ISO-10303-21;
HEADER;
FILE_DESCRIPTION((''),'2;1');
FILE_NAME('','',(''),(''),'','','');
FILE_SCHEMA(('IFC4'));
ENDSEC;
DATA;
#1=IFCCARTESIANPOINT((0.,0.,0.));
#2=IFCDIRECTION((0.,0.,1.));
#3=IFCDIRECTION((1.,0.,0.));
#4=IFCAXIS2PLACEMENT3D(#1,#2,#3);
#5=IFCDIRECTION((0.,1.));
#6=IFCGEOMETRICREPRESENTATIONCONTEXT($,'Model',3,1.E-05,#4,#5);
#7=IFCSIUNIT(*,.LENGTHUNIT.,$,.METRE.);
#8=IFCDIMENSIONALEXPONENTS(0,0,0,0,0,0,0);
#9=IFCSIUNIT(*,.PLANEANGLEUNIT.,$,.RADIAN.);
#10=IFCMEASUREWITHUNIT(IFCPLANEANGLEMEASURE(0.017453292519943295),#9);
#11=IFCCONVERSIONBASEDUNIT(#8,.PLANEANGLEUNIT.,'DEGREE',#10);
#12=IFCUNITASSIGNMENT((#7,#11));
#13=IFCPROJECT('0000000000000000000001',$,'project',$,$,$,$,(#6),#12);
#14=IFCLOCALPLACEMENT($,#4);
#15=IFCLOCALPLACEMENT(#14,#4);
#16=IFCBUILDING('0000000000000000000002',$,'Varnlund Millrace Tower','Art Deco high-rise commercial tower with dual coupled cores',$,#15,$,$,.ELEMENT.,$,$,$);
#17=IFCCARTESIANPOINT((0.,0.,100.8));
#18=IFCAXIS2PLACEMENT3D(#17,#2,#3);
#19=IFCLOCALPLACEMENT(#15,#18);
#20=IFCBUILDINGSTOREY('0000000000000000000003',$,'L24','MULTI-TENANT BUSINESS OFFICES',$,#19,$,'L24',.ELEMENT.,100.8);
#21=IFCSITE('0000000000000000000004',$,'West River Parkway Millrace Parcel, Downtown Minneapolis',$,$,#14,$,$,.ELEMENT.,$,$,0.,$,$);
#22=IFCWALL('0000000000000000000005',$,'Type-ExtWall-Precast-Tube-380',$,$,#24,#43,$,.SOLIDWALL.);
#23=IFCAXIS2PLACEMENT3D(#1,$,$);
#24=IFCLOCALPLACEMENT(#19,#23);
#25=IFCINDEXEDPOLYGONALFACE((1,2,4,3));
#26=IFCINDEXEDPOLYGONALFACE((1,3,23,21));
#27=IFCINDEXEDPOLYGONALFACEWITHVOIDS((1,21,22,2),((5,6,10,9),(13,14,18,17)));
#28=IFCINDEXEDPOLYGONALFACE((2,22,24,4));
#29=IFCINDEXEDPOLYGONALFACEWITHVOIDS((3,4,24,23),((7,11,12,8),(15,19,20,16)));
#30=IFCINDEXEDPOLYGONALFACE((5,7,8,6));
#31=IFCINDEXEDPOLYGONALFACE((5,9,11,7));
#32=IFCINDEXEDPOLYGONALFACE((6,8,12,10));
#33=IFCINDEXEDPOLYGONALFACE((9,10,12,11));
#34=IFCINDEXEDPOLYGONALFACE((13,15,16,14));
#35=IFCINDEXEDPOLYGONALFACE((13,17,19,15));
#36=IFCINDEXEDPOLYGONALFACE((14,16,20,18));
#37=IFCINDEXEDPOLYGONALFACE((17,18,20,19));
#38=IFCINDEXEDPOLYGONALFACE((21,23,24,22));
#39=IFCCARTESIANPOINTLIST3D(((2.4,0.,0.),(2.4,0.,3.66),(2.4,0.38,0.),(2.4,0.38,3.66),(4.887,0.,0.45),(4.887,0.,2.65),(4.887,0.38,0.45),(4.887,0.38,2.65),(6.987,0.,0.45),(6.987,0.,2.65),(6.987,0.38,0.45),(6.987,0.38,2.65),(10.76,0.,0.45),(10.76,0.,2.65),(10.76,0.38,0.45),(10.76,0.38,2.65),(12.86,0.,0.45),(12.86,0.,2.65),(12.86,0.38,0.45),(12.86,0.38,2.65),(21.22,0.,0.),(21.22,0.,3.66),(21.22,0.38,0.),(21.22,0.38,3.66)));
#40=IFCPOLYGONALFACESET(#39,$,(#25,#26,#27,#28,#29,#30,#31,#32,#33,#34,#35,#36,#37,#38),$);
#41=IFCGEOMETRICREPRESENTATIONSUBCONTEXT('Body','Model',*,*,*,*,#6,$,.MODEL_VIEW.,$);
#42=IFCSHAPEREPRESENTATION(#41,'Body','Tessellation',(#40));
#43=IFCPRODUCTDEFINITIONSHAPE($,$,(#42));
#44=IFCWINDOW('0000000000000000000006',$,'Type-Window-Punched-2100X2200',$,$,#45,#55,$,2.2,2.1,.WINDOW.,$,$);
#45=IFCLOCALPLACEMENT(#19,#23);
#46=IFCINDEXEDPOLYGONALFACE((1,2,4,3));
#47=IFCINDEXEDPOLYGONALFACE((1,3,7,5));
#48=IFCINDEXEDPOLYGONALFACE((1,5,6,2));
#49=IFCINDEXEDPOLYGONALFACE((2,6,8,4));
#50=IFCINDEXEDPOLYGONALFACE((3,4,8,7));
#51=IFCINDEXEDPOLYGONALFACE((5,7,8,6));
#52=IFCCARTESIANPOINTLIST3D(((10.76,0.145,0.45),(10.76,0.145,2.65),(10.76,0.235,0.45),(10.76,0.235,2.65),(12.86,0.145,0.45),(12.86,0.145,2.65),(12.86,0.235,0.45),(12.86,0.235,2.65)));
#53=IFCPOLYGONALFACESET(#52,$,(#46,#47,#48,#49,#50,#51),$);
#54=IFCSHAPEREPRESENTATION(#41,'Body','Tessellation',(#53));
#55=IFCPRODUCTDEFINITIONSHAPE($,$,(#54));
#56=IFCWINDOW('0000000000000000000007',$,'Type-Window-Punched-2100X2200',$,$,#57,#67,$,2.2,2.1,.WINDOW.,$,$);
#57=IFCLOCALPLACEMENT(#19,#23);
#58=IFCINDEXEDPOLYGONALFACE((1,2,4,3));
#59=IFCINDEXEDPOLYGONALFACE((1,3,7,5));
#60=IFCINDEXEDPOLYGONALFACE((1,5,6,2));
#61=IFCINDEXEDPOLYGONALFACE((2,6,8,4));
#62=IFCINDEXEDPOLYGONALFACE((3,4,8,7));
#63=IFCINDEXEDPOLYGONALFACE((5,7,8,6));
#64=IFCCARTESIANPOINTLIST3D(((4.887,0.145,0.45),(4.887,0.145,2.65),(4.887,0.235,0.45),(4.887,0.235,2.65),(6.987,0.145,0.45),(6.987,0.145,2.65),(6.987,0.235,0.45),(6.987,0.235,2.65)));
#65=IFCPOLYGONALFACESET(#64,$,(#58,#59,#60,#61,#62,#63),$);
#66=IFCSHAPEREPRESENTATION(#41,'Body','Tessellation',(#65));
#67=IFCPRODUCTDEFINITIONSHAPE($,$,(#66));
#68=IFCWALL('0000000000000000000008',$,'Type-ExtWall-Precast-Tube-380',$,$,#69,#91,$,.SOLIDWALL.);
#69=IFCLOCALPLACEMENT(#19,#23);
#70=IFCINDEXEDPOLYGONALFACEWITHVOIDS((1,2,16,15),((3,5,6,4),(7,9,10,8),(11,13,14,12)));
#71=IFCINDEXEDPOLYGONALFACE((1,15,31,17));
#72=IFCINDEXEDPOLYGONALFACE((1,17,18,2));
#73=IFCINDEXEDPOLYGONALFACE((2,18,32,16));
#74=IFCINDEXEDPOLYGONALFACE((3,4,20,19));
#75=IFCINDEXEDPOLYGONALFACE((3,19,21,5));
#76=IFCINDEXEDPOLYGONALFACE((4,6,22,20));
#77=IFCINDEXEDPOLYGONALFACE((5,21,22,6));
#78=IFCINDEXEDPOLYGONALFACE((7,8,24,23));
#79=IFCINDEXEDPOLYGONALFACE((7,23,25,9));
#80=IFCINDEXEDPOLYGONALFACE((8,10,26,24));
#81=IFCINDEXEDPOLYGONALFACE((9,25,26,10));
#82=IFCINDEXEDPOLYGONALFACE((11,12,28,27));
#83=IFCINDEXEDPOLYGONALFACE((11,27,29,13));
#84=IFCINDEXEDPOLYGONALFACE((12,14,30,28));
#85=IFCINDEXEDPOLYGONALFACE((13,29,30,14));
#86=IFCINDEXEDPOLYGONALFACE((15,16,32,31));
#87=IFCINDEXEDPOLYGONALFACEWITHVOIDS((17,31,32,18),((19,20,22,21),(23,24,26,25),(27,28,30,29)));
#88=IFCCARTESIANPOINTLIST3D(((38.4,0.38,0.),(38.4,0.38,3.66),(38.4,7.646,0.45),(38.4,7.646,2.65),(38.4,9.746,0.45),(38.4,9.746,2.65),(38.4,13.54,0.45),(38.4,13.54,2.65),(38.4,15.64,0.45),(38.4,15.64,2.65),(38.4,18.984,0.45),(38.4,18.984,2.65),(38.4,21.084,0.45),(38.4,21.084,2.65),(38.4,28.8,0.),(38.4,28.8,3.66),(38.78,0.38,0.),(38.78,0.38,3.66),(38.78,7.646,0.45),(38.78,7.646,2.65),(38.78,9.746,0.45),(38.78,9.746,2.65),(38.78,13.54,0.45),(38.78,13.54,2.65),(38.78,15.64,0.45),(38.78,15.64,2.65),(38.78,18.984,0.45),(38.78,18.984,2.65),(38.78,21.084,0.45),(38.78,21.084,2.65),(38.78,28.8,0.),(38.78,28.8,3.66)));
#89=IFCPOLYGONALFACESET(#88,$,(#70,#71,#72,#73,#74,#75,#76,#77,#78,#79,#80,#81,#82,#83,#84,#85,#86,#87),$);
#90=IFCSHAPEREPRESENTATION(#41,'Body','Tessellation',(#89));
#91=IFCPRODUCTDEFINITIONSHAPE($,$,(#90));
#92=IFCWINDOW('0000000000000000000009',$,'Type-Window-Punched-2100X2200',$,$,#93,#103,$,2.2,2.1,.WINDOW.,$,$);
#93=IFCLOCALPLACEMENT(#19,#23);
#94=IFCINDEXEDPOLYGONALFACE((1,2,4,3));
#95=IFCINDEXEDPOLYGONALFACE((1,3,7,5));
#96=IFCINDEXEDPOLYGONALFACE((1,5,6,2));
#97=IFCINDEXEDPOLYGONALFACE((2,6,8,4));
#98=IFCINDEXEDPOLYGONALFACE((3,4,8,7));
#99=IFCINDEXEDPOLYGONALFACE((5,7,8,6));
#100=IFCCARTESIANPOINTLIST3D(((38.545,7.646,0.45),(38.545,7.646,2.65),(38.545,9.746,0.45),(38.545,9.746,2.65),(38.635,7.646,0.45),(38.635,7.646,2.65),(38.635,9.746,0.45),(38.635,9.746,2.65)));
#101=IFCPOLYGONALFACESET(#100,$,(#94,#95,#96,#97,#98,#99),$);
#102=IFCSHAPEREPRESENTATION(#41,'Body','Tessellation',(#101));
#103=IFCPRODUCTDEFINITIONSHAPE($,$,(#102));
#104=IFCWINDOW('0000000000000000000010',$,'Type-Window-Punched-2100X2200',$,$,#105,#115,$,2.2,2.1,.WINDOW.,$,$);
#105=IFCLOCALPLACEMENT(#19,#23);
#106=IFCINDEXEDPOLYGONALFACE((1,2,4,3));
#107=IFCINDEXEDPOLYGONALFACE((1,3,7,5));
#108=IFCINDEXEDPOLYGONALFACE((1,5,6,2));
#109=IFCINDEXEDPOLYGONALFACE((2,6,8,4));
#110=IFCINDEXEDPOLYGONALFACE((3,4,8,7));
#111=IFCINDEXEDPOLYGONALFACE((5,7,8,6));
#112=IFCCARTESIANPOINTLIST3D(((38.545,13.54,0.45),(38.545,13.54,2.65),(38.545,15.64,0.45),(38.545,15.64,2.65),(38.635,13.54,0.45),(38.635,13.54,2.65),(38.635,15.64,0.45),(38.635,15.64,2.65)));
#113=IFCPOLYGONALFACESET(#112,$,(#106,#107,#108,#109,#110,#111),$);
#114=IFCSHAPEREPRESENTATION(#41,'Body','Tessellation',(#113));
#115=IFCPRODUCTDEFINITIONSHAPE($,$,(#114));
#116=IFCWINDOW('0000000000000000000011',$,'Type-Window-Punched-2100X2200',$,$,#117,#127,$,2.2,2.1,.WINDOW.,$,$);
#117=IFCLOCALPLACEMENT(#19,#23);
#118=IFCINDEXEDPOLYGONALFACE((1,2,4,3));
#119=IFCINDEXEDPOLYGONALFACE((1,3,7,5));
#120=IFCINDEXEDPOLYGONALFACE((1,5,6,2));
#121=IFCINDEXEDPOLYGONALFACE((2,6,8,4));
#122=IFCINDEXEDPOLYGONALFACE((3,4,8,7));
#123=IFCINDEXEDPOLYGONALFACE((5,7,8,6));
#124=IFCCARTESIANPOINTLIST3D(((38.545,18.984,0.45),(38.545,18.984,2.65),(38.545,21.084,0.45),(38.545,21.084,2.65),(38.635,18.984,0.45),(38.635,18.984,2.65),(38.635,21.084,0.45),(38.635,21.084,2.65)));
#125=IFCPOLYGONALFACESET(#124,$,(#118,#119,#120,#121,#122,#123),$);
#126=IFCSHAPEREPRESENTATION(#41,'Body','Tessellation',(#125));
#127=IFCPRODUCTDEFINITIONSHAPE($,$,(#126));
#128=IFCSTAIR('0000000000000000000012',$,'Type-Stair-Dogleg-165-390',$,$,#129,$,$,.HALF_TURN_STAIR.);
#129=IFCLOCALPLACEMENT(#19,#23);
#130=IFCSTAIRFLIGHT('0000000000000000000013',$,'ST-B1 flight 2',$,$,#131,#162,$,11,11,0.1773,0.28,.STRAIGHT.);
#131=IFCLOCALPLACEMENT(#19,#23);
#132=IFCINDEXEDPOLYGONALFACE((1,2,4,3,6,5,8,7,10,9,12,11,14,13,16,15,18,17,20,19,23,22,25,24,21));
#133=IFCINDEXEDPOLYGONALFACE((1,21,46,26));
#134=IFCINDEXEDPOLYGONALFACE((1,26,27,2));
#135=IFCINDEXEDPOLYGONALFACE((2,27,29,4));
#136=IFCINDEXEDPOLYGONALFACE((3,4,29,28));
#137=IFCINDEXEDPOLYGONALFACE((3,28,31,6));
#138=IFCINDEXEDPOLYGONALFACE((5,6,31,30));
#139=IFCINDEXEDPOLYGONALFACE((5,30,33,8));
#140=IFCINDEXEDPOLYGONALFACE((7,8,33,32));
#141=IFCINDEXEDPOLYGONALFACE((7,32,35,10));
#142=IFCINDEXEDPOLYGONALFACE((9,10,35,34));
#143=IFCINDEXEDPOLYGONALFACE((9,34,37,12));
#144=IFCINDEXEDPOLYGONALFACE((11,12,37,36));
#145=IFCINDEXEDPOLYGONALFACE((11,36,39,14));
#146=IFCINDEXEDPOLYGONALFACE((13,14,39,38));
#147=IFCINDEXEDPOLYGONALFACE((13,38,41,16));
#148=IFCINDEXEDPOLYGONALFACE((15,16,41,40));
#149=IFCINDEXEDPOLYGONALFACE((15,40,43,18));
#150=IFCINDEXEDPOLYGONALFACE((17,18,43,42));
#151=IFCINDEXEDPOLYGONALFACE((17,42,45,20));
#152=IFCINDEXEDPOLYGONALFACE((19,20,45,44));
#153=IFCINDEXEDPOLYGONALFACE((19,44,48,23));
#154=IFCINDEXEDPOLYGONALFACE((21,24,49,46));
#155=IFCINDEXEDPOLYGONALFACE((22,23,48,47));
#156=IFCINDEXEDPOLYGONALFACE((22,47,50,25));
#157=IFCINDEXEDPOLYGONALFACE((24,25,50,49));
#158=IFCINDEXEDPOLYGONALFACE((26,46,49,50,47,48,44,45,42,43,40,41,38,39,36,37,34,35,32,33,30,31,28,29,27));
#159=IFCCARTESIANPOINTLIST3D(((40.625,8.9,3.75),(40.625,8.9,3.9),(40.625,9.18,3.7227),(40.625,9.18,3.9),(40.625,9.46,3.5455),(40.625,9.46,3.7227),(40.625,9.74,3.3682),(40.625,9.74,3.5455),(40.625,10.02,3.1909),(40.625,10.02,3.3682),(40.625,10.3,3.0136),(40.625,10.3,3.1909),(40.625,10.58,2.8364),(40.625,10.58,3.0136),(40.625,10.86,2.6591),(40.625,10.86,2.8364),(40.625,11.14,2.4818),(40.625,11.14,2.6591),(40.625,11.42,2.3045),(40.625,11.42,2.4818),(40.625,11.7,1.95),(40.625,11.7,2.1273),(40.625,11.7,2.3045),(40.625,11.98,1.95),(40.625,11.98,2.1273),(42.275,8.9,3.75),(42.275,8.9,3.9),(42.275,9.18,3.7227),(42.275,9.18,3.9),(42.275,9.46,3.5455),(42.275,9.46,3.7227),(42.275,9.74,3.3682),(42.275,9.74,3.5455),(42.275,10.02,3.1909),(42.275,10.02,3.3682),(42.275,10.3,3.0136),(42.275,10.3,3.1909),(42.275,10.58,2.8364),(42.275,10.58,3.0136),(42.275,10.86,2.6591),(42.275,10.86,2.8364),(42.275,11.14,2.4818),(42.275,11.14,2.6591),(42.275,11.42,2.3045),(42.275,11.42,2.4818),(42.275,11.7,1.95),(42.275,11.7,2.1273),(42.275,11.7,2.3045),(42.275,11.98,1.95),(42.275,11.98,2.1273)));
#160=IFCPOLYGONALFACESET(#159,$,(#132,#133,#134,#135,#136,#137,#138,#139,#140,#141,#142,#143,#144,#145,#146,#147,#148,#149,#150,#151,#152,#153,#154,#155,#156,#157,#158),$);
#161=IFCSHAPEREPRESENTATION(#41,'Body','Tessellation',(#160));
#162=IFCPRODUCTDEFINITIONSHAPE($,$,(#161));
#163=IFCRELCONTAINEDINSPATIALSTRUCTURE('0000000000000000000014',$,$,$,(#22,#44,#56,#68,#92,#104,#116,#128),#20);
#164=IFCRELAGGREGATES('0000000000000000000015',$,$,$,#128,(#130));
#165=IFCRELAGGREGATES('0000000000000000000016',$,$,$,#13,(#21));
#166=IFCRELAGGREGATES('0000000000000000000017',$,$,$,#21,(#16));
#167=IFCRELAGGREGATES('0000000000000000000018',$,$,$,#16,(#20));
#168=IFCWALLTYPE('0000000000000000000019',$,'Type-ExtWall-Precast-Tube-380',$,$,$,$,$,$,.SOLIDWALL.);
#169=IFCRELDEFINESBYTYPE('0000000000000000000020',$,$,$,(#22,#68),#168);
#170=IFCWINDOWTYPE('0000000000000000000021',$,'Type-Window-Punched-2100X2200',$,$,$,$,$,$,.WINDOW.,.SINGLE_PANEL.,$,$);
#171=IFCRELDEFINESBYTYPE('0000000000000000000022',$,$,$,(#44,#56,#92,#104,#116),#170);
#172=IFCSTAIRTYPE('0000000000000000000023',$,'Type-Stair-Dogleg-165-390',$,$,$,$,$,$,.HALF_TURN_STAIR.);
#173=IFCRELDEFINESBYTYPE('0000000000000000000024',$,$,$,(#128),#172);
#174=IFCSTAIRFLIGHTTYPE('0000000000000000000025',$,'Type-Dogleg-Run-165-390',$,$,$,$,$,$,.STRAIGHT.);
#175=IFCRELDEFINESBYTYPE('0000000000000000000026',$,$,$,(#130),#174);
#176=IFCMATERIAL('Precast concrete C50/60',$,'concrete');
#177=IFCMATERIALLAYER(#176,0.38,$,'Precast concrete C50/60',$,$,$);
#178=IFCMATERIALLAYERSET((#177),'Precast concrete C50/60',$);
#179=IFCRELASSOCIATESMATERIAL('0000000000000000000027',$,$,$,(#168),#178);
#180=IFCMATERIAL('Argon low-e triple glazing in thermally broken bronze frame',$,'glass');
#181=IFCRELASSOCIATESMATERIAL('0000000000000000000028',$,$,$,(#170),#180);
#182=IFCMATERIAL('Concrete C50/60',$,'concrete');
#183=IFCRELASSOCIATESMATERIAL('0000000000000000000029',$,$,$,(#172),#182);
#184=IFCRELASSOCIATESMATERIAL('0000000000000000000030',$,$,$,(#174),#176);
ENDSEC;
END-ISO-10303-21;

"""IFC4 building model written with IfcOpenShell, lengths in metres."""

from ifc_helpers import new_model, entity, si_unit, converted_unit, direction, frame, origin_with_axes, origin_2d_with_axis, place, context, subcontext, project, spatial, polyline, rectangle, outline, extrude, material, layer, layer_set, type_object, element, fill, aggregate, save


model = new_model("IFC4")

# Units and contexts
model_context = context("Model", 3, precision=1e-05, world=origin_with_axes(), true_north=direction((0.0, 1.0)))
body_context = subcontext(model_context, "Body", "Model", "MODEL_VIEW")
ifc_project = project(units=[si_unit("LENGTHUNIT", "METRE"), converted_unit("PLANEANGLEUNIT", "DEGREE", entity("IfcPlaneAngleMeasure", 0.017453292519943295), si_unit("PLANEANGLEUNIT", "RADIAN"), dimensions=[0, 0, 0, 0, 0, 0, 0])], contexts=[model_context])

# Site, building, storey
site_placement = place(None, origin_with_axes())
site = spatial("IfcSite", under=ifc_project, at=site_placement, Name="West River Parkway Millrace Parcel, Downtown Minneapolis", CompositionType="ELEMENT", RefElevation=0.0)
building_placement = place(site_placement, origin_with_axes())
building = spatial("IfcBuilding", under=site, at=building_placement, Name="Varnlund Millrace Tower", Description="Art Deco high-rise commercial tower with dual coupled cores", CompositionType="ELEMENT")
storey_placement = place(building_placement, frame((0.0, 0.0, 100.8), z_axis=(0.0, 0.0, 1.0), x_axis=(1.0, 0.0, 0.0)))
storey = spatial("IfcBuildingStorey", under=building, at=storey_placement, Name="L24", Description="MULTI-TENANT BUSINESS OFFICES", LongName="L24", CompositionType="ELEMENT", Elevation=100.8)

# Walls, openings, windows
ifc_material_1 = material(Name="Precast concrete C50/60", Category="concrete")
ifc_layer = layer(ifc_material_1, 0.38, Name="Precast concrete C50/60")
ifc_layer_set = layer_set([ifc_layer], Name="Precast concrete C50/60")
wall_type = type_object("IfcWallType", Name="Type-ExtWall-Precast-Tube-380", PredefinedType="SOLIDWALL", material=ifc_layer_set)
wall_1_placement = place(storey_placement, frame((21.22, 0.19, 0.0), z_axis=(0.0, 0.0, 1.0), x_axis=(-1.0, 0.0, 0.0)))
wall_1 = element("IfcWall", 1, at=wall_1_placement, inside=storey, type_object=wall_type, Name="Type-ExtWall-Precast-Tube-380", PredefinedType="SOLIDWALL", context=body_context, shape_type="SweptSolid", body=[
    extrude(outline(polyline([(0.0, -0.19), (18.82, -0.19), (18.82, 0.19), (0.0, 0.19), (0.0, -0.19)])), origin_with_axes(), (0.0, 0.0, 1.0), 3.66),
])
opening_1_placement = place(wall_1_placement, frame((9.41, 0.0, 0.45), z_axis=(0.0, 0.0, 1.0), x_axis=(1.0, 0.0, 0.0)))
opening_1 = element("IfcOpeningElement", 2, at=opening_1_placement, cuts=wall_1, PredefinedType="OPENING", context=body_context, shape_type="SweptSolid", body=[
    extrude(rectangle(XDim=2.1, YDim=0.4, at=origin_2d_with_axis()), origin_with_axes(), (0.0, 0.0, 1.0), 2.2),
])
opening_2_placement = place(wall_1_placement, frame((15.283, 0.0, 0.45), z_axis=(0.0, 0.0, 1.0), x_axis=(1.0, 0.0, 0.0)))
opening_2 = element("IfcOpeningElement", 3, at=opening_2_placement, cuts=wall_1, PredefinedType="OPENING", context=body_context, shape_type="SweptSolid", body=[
    extrude(rectangle(XDim=2.1, YDim=0.4, at=origin_2d_with_axis()), origin_with_axes(), (0.0, 0.0, 1.0), 2.2),
])
ifc_material_2 = material(Name="Argon low-e triple glazing in thermally broken bronze frame", Category="glass")
window_type = type_object("IfcWindowType", Name="Type-Window-Punched-2100X2200", PartitioningType="SINGLE_PANEL", PredefinedType="WINDOW", material=ifc_material_2)
window_1_placement = place(wall_1_placement, frame((9.41, 0.0, 0.45), z_axis=(0.0, 0.0, 1.0), x_axis=(1.0, 0.0, 0.0)))
window_1 = element("IfcWindow", 4, at=window_1_placement, inside=storey, type_object=window_type, Name="Type-Window-Punched-2100X2200", OverallHeight=2.2, OverallWidth=2.1, PredefinedType="WINDOW", context=body_context, shape_type="SweptSolid", body=[
    extrude(rectangle(XDim=2.1, YDim=0.09, at=origin_2d_with_axis()), origin_with_axes(), (0.0, 0.0, 1.0), 2.2),
])
fill(opening_1, window_1)
window_2_placement = place(wall_1_placement, frame((15.283, 0.0, 0.45), z_axis=(0.0, 0.0, 1.0), x_axis=(1.0, 0.0, 0.0)))
window_2 = element("IfcWindow", 5, at=window_2_placement, inside=storey, type_object=window_type, Name="Type-Window-Punched-2100X2200", OverallHeight=2.2, OverallWidth=2.1, PredefinedType="WINDOW", context=body_context, shape_type="SweptSolid", body=[
    extrude(rectangle(XDim=2.1, YDim=0.09, at=origin_2d_with_axis()), origin_with_axes(), (0.0, 0.0, 1.0), 2.2),
])
fill(opening_2, window_2)
wall_2_placement = place(storey_placement, frame((38.59, 0.38, 0.0), z_axis=(0.0, 0.0, 1.0), x_axis=(0.0, 1.0, 0.0)))
wall_2 = element("IfcWall", 6, at=wall_2_placement, inside=storey, type_object=wall_type, Name="Type-ExtWall-Precast-Tube-380", PredefinedType="SOLIDWALL", context=body_context, shape_type="SweptSolid", body=[
    extrude(outline(polyline([(0.0, -0.19), (28.42, -0.19), (28.42, 0.19), (0.0, 0.19), (0.0, -0.19)])), origin_with_axes(), (0.0, 0.0, 1.0), 3.66),
])
opening_3_placement = place(wall_2_placement, frame((8.316, 0.0, 0.45), z_axis=(0.0, 0.0, 1.0), x_axis=(1.0, 0.0, 0.0)))
opening_3 = element("IfcOpeningElement", 7, at=opening_3_placement, cuts=wall_2, PredefinedType="OPENING", context=body_context, shape_type="SweptSolid", body=[
    extrude(rectangle(XDim=2.1, YDim=0.4, at=origin_2d_with_axis()), origin_with_axes(), (0.0, 0.0, 1.0), 2.2),
])
opening_4_placement = place(wall_2_placement, frame((14.21, 0.0, 0.45), z_axis=(0.0, 0.0, 1.0), x_axis=(1.0, 0.0, 0.0)))
opening_4 = element("IfcOpeningElement", 8, at=opening_4_placement, cuts=wall_2, PredefinedType="OPENING", context=body_context, shape_type="SweptSolid", body=[
    extrude(rectangle(XDim=2.1, YDim=0.4, at=origin_2d_with_axis()), origin_with_axes(), (0.0, 0.0, 1.0), 2.2),
])
opening_5_placement = place(wall_2_placement, frame((19.654, 0.0, 0.45), z_axis=(0.0, 0.0, 1.0), x_axis=(1.0, 0.0, 0.0)))
opening_5 = element("IfcOpeningElement", 9, at=opening_5_placement, cuts=wall_2, PredefinedType="OPENING", context=body_context, shape_type="SweptSolid", body=[
    extrude(rectangle(XDim=2.1, YDim=0.4, at=origin_2d_with_axis()), origin_with_axes(), (0.0, 0.0, 1.0), 2.2),
])
window_3_placement = place(wall_2_placement, frame((8.316, 0.0, 0.45), z_axis=(0.0, 0.0, 1.0), x_axis=(1.0, 0.0, 0.0)))
window_3 = element("IfcWindow", 10, at=window_3_placement, inside=storey, type_object=window_type, Name="Type-Window-Punched-2100X2200", OverallHeight=2.2, OverallWidth=2.1, PredefinedType="WINDOW", context=body_context, shape_type="SweptSolid", body=[
    extrude(rectangle(XDim=2.1, YDim=0.09, at=origin_2d_with_axis()), origin_with_axes(), (0.0, 0.0, 1.0), 2.2),
])
fill(opening_3, window_3)
window_4_placement = place(wall_2_placement, frame((14.21, 0.0, 0.45), z_axis=(0.0, 0.0, 1.0), x_axis=(1.0, 0.0, 0.0)))
window_4 = element("IfcWindow", 11, at=window_4_placement, inside=storey, type_object=window_type, Name="Type-Window-Punched-2100X2200", OverallHeight=2.2, OverallWidth=2.1, PredefinedType="WINDOW", context=body_context, shape_type="SweptSolid", body=[
    extrude(rectangle(XDim=2.1, YDim=0.09, at=origin_2d_with_axis()), origin_with_axes(), (0.0, 0.0, 1.0), 2.2),
])
fill(opening_4, window_4)
window_5_placement = place(wall_2_placement, frame((19.654, 0.0, 0.45), z_axis=(0.0, 0.0, 1.0), x_axis=(1.0, 0.0, 0.0)))
window_5 = element("IfcWindow", 12, at=window_5_placement, inside=storey, type_object=window_type, Name="Type-Window-Punched-2100X2200", OverallHeight=2.2, OverallWidth=2.1, PredefinedType="WINDOW", context=body_context, shape_type="SweptSolid", body=[
    extrude(rectangle(XDim=2.1, YDim=0.09, at=origin_2d_with_axis()), origin_with_axes(), (0.0, 0.0, 1.0), 2.2),
])
fill(opening_5, window_5)

# Stair, stair flight
ifc_material_3 = material(Name="Concrete C50/60", Category="concrete")
stair_type = type_object("IfcStairType", Name="Type-Stair-Dogleg-165-390", PredefinedType="HALF_TURN_STAIR", material=ifc_material_3)
stair_placement = place(storey_placement, origin_with_axes())
stair = element("IfcStair", 13, at=stair_placement, inside=storey, type_object=stair_type, Name="Type-Stair-Dogleg-165-390", PredefinedType="HALF_TURN_STAIR")
stair_flight_type = type_object("IfcStairFlightType", Name="Type-Dogleg-Run-165-390", PredefinedType="STRAIGHT", material=ifc_material_1)
stair_flight_placement = place(storey_placement, frame((42.275, 11.98, 1.95), z_axis=(-1.0, 0.0, 0.0), x_axis=(0.0, -1.0, 0.0)))
stair_flight = element("IfcStairFlight", 14, at=stair_flight_placement, type_object=stair_flight_type, Name="ST-B1 flight 2", NumberOfRisers=11, NumberOfTreads=11, PredefinedType="STRAIGHT", RiserHeight=0.1773, TreadLength=0.28, context=body_context, shape_type="SweptSolid", body=[
    extrude(outline(polyline([(0.0, 0.0), (0.0, 0.1773), (0.28, 0.1773), (0.28, 0.3545), (0.56, 0.3545), (0.56, 0.5318), (0.84, 0.5318), (0.84, 0.7091), (1.12, 0.7091), (1.12, 0.8864), (1.4, 0.8864), (1.4, 1.0636), (1.68, 1.0636), (1.68, 1.2409), (1.96, 1.2409), (1.96, 1.4182), (2.24, 1.4182), (2.24, 1.5955), (2.52, 1.5955), (2.52, 1.7727), (2.8, 1.7727), (2.8, 1.95), (3.08, 1.95), (3.08, 1.8), (0.28, 0.0), (0.0, 0.0)])), origin_with_axes(), (0.0, 0.0, 1.0), 1.65),
])
aggregate(stair, [stair_flight])

save(model, "model.ifc")
